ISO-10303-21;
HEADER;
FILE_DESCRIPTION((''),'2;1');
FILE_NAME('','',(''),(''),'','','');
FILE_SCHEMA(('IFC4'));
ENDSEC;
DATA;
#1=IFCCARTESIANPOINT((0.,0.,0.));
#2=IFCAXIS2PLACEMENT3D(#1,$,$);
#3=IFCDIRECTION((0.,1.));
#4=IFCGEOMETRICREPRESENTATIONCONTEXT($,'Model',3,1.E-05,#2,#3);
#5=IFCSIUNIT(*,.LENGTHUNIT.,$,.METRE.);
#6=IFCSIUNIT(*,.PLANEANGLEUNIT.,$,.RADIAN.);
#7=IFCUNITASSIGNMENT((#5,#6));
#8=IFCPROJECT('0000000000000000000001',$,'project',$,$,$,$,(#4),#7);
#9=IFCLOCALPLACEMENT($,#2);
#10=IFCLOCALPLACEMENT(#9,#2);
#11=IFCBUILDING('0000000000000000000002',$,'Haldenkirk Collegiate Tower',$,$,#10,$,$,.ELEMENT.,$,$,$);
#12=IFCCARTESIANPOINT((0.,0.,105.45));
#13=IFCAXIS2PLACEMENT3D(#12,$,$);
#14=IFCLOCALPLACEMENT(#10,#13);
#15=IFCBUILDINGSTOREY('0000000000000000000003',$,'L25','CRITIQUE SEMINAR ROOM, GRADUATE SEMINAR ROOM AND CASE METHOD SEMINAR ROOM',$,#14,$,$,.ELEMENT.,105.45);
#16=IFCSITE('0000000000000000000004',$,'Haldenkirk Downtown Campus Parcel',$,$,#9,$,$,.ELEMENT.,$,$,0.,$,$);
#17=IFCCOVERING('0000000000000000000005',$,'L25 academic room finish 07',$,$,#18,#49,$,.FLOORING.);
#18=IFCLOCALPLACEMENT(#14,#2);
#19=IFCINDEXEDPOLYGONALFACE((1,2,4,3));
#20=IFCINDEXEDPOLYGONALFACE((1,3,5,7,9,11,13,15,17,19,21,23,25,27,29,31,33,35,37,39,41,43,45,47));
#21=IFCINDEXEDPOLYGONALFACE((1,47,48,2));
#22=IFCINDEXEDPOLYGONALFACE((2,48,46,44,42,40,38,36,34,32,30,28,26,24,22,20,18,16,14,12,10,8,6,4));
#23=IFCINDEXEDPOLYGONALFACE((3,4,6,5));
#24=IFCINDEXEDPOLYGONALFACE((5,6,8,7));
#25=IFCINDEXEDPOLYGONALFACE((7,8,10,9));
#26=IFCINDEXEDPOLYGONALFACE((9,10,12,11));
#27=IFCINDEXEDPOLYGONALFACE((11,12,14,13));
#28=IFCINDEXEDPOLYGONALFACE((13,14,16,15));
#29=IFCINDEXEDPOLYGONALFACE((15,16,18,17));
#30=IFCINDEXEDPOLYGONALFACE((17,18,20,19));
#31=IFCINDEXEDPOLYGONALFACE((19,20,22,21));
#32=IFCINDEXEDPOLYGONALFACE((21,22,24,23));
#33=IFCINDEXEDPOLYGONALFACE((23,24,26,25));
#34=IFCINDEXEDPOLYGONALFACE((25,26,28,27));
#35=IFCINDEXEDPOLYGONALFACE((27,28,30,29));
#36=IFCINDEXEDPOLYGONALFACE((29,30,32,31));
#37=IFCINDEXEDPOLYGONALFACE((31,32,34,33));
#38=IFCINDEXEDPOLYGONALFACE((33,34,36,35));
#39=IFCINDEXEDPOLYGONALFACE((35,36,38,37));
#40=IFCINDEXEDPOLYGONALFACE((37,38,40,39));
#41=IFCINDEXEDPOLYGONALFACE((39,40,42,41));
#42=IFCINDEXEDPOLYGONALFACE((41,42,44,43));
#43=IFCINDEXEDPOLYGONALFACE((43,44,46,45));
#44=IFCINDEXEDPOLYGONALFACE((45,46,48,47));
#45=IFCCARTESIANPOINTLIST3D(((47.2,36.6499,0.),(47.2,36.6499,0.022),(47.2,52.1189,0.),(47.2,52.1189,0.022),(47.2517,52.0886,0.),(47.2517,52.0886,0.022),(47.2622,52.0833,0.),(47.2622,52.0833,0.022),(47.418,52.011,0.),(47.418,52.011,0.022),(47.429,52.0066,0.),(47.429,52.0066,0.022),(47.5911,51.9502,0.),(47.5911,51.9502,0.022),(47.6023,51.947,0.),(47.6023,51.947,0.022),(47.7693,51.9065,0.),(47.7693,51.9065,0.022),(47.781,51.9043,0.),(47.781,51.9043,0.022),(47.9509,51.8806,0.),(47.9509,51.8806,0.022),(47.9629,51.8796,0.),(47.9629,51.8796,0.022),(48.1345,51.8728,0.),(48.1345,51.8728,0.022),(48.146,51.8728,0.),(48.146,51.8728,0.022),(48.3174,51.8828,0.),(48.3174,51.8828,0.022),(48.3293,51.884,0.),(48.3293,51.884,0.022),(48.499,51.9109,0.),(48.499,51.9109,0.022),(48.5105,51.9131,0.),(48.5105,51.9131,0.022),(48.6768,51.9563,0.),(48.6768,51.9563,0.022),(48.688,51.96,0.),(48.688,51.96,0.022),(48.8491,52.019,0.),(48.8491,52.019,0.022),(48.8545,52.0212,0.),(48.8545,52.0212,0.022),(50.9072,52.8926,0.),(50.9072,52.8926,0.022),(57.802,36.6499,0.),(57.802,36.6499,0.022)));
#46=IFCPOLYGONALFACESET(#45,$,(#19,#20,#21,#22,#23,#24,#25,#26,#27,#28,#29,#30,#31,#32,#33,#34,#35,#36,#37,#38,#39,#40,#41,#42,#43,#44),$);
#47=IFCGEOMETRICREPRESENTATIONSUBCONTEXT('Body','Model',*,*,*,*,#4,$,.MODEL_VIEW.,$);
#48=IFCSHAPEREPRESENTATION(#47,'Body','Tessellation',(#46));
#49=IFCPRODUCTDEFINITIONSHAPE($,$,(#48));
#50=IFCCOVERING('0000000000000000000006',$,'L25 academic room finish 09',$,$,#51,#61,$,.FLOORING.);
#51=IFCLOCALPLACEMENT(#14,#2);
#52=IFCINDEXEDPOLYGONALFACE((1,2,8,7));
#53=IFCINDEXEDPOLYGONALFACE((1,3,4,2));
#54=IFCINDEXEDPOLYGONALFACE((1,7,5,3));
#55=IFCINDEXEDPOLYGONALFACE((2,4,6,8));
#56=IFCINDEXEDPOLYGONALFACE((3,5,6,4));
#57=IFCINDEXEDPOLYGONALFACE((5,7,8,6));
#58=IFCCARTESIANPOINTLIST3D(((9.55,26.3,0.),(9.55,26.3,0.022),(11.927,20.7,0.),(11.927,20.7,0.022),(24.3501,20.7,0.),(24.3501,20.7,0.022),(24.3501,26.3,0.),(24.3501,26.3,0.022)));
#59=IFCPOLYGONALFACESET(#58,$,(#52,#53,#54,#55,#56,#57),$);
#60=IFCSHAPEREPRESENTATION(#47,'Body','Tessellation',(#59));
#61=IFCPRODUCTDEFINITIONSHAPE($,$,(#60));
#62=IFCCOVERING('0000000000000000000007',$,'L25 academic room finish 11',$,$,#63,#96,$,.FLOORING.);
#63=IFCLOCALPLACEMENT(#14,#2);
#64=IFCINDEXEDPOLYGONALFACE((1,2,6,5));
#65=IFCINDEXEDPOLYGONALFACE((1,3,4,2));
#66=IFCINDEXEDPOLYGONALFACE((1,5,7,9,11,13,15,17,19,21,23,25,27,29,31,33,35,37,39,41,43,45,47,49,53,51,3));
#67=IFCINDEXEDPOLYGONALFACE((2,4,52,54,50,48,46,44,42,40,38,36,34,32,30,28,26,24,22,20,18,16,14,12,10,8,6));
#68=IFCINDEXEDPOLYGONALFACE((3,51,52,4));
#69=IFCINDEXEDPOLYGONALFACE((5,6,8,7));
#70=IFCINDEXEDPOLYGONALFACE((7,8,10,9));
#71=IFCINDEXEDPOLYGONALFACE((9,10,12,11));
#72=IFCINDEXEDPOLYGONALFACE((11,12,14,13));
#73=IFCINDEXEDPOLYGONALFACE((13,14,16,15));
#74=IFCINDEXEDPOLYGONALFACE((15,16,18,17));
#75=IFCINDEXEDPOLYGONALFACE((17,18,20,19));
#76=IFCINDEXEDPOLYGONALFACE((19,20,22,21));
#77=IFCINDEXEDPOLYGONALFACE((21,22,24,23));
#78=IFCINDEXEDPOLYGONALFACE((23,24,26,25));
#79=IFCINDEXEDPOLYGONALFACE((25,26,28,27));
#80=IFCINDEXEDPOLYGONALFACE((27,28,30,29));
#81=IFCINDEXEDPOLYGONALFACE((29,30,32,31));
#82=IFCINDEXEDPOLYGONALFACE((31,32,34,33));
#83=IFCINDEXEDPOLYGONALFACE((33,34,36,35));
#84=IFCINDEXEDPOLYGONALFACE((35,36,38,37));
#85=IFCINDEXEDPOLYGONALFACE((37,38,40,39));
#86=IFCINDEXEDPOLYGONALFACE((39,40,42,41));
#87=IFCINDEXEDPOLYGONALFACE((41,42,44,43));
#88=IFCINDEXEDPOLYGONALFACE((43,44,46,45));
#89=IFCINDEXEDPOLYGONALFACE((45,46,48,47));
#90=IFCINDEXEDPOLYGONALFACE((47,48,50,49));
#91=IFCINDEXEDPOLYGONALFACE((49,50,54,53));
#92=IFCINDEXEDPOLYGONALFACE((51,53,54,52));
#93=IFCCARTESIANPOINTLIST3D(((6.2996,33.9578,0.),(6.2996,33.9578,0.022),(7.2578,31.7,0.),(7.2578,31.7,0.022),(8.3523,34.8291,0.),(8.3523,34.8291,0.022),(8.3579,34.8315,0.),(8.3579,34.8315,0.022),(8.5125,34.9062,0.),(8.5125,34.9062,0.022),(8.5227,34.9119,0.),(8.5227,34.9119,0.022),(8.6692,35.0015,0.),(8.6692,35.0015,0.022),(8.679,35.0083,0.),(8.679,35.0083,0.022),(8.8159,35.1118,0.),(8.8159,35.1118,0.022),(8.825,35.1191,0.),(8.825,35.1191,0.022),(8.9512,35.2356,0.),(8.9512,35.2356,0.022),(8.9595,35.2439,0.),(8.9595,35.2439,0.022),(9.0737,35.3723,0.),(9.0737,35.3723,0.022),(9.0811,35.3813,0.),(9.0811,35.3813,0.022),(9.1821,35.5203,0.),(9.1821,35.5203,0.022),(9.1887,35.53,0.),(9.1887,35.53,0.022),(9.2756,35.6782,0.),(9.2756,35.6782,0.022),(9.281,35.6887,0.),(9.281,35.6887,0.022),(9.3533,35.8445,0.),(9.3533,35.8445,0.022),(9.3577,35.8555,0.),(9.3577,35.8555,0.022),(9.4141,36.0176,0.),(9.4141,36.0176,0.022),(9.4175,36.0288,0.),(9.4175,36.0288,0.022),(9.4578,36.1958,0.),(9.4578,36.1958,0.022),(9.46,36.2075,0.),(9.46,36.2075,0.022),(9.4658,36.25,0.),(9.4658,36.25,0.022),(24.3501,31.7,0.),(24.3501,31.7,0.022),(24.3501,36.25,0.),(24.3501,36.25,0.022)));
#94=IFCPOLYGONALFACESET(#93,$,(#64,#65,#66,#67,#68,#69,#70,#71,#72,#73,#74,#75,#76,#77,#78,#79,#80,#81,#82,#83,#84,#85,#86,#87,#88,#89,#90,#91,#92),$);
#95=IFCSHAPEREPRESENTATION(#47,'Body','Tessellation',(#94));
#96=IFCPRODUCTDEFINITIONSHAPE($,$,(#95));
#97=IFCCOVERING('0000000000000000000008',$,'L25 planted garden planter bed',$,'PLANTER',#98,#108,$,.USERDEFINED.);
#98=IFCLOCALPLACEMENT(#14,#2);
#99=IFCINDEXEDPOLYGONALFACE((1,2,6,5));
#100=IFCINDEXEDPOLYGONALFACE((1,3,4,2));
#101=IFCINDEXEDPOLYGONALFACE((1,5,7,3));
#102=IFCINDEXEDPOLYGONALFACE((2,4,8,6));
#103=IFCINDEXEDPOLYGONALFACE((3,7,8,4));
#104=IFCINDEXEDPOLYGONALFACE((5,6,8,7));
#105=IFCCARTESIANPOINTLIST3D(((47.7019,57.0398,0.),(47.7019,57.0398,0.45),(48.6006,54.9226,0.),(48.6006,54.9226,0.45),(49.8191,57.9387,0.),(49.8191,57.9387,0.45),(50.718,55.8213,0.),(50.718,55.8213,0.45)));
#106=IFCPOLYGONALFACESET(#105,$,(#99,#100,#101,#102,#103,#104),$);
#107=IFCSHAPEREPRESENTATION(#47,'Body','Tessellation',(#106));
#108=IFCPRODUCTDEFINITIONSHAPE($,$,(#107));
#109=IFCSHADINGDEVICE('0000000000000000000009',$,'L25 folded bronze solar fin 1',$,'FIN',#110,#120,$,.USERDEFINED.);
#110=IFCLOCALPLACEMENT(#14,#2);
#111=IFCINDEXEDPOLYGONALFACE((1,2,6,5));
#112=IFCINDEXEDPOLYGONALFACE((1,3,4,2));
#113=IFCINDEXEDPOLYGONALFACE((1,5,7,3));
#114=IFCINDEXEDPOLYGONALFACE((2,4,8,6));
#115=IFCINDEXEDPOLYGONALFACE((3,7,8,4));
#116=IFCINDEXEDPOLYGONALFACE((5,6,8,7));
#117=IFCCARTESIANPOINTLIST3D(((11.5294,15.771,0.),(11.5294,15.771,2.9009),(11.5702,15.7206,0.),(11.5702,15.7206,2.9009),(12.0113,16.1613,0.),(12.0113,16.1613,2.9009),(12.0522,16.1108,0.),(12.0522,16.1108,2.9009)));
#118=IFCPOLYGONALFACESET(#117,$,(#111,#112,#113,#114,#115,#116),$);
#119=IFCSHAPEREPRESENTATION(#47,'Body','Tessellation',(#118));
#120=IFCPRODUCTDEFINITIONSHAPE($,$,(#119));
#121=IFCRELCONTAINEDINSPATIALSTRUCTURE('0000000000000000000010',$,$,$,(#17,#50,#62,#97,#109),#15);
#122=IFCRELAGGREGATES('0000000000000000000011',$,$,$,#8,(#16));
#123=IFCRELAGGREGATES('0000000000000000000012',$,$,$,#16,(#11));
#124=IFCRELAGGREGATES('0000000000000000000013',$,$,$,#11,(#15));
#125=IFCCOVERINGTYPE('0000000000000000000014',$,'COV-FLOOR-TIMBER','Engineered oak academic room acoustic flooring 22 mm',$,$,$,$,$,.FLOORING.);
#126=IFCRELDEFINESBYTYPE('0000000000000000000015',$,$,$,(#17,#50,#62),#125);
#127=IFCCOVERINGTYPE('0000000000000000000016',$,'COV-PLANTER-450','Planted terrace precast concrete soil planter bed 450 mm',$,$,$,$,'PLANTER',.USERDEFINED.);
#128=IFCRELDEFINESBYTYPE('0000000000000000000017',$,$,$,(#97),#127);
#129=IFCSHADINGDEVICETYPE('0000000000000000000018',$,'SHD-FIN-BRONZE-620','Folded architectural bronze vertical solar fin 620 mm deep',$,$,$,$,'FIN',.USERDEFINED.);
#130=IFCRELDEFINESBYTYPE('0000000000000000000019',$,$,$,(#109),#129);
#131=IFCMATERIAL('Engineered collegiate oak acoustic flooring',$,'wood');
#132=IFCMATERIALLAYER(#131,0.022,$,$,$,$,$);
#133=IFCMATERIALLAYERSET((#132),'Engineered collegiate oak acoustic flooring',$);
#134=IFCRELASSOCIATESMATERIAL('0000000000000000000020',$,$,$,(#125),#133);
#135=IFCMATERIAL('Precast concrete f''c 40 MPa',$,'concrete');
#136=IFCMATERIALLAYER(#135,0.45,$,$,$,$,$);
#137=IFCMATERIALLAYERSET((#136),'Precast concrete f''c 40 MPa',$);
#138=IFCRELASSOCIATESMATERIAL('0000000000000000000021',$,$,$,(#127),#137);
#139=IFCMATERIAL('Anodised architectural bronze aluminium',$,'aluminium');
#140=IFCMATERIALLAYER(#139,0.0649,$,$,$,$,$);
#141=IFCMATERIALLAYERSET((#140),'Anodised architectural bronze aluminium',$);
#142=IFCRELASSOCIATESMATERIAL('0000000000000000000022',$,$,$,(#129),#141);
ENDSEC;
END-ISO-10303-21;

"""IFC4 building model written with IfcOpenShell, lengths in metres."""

from ifc_helpers import new_model, si_unit, direction, frame, origin, origin_2d, place, context, subcontext, project, spatial, polyline, rectangle, outline, extrude, source, transform, mapped, material, layer, layer_set, type_object, element, save


model = new_model("IFC4")

# Units and contexts
model_context = context("Model", 3, precision=1e-05, world=origin(), true_north=direction((0.0, 1.0)))
body_context = subcontext(model_context, "Body", "Model", "MODEL_VIEW")
ifc_project = project(units=[si_unit("LENGTHUNIT", "METRE"), si_unit("PLANEANGLEUNIT", "RADIAN")], contexts=[model_context])

# Site, building, storey
site_placement = place(None, origin())
site = spatial("IfcSite", under=ifc_project, at=site_placement, Name="Haldenkirk Downtown Campus Parcel", CompositionType="ELEMENT", RefElevation=0.0)
building_placement = place(site_placement, origin())
building = spatial("IfcBuilding", under=site, at=building_placement, Name="Haldenkirk Collegiate Tower", CompositionType="ELEMENT")
storey_placement = place(building_placement, frame((0.0, 0.0, 105.45)))
storey = spatial("IfcBuildingStorey", under=building, at=storey_placement, Name="L25", Description="CRITIQUE SEMINAR ROOM, GRADUATE SEMINAR ROOM AND CASE METHOD SEMINAR ROOM", CompositionType="ELEMENT", Elevation=105.45)

# Shared definitions
ifc_material_1 = material(Name="Anodised architectural bronze aluminium", Category="aluminium")

# Coverings
ifc_material_2 = material(Name="Engineered collegiate oak acoustic flooring", Category="wood")
ifc_layer_1 = layer(ifc_material_2, 0.022)
ifc_layer_set_1 = layer_set([ifc_layer_1], Name="Engineered collegiate oak acoustic flooring")
covering_type_1 = type_object("IfcCoveringType", Name="COV-FLOOR-TIMBER", Description="Engineered oak academic room acoustic flooring 22 mm", PredefinedType="FLOORING", material=ifc_layer_set_1)
covering_1_placement = place(storey_placement, origin())
element("IfcCovering", 1, at=covering_1_placement, inside=storey, type_object=covering_type_1, Name="L25 academic room finish 07", PredefinedType="FLOORING", context=body_context, shape_type="SweptSolid", body=[
    extrude(outline(polyline([(47.2, 52.1189), (47.2517, 52.0886), (47.2622, 52.0833), (47.418, 52.011), (47.429, 52.0066), (47.5911, 51.9502), (47.6023, 51.947), (47.7693, 51.9065), (47.781, 51.9043), (47.9509, 51.8806), (47.9629, 51.8796), (48.1345, 51.8728), (48.146, 51.8728), (48.3174, 51.8828), (48.3293, 51.884), (48.499, 51.9109), (48.5105, 51.9131), (48.6768, 51.9563), (48.688, 51.96), (48.8491, 52.019), (48.8545, 52.0212), (50.9072, 52.8926), (57.802, 36.6499), (47.2, 36.6499), (47.2, 52.1189)])), origin(), (0.0, 0.0, 1.0), 0.022),
])
covering_2_placement = place(storey_placement, origin())
element("IfcCovering", 2, at=covering_2_placement, inside=storey, type_object=covering_type_1, Name="L25 academic room finish 09", PredefinedType="FLOORING", context=body_context, shape_type="SweptSolid", body=[
    extrude(outline(polyline([(9.55, 26.3), (24.3501, 26.3), (24.3501, 20.7), (11.927, 20.7), (9.55, 26.3)])), origin(), (0.0, 0.0, 1.0), 0.022),
])
covering_3_placement = place(storey_placement, origin())
element("IfcCovering", 3, at=covering_3_placement, inside=storey, type_object=covering_type_1, Name="L25 academic room finish 11", PredefinedType="FLOORING", context=body_context, shape_type="SweptSolid", body=[
    extrude(outline(polyline([(8.3523, 34.8291), (8.3579, 34.8315), (8.5125, 34.9062), (8.5227, 34.9119), (8.6692, 35.0015), (8.679, 35.0083), (8.8159, 35.1118), (8.825, 35.1191), (8.9512, 35.2356), (8.9595, 35.2439), (9.0737, 35.3723), (9.0811, 35.3813), (9.1821, 35.5203), (9.1887, 35.53), (9.2756, 35.6782), (9.281, 35.6887), (9.3533, 35.8445), (9.3577, 35.8555), (9.4141, 36.0176), (9.4175, 36.0288), (9.4578, 36.1958), (9.46, 36.2075), (9.4658, 36.25), (24.3501, 36.25), (24.3501, 31.7), (7.2578, 31.7), (6.2996, 33.9578), (8.3523, 34.8291)])), origin(), (0.0, 0.0, 1.0), 0.022),
])
ifc_material_3 = material(Name="Precast concrete f'c 40 MPa", Category="concrete")
ifc_layer_2 = layer(ifc_material_3, 0.45)
ifc_layer_set_2 = layer_set([ifc_layer_2], Name="Precast concrete f'c 40 MPa")
covering_type_2 = type_object("IfcCoveringType", Name="COV-PLANTER-450", Description="Planted terrace precast concrete soil planter bed 450 mm", ElementType="PLANTER", PredefinedType="USERDEFINED", material=ifc_layer_set_2)
covering_4_placement = place(storey_placement, origin())
element("IfcCovering", 4, at=covering_4_placement, inside=storey, type_object=covering_type_2, Name="L25 planted garden planter bed", ObjectType="PLANTER", PredefinedType="USERDEFINED", context=body_context, shape_type="SweptSolid", body=[
    extrude(outline(polyline([(48.6006, 54.9226), (47.7019, 57.0398), (49.8191, 57.9387), (50.718, 55.8213), (48.6006, 54.9226)])), origin(), (0.0, 0.0, 1.0), 0.45),
])

# Shading device
ifc_layer_3 = layer(ifc_material_1, 0.0649)
ifc_layer_set_3 = layer_set([ifc_layer_3], Name="Anodised architectural bronze aluminium")
shading_device_type = type_object("IfcShadingDeviceType", Name="SHD-FIN-BRONZE-620", Description="Folded architectural bronze vertical solar fin 620 mm deep", ElementType="FIN", PredefinedType="USERDEFINED", material=ifc_layer_set_3)
shared_shape_1 = source(origin(), body_context, "Body", "SweptSolid", [
    extrude(rectangle(XDim=0.6201, YDim=0.0649, at=origin_2d()), origin(), (0.0, 0.0, 1.0), 2.9009),
])
shading_device_placement = place(storey_placement, frame((11.7908, 15.9409, 0.0), z_axis=(0.0, 0.0, 1.0), x_axis=(-0.777146, -0.62932, 0.0)))
element("IfcShadingDevice", 5, at=shading_device_placement, inside=storey, type_object=shading_device_type, Name="L25 folded bronze solar fin 1", ObjectType="FIN", PredefinedType="USERDEFINED", context=body_context, shape_type="MappedRepresentation", body=[
    mapped(shared_shape_1, transform((0.0, 0.0, 0.0), x_axis=(1.0, 0.0, 0.0), y_axis=(0.0, 1.0, 0.0), z_axis=(0.0, 0.0, 1.0), scale=1.0)),
])

save(model, "model.ifc")
